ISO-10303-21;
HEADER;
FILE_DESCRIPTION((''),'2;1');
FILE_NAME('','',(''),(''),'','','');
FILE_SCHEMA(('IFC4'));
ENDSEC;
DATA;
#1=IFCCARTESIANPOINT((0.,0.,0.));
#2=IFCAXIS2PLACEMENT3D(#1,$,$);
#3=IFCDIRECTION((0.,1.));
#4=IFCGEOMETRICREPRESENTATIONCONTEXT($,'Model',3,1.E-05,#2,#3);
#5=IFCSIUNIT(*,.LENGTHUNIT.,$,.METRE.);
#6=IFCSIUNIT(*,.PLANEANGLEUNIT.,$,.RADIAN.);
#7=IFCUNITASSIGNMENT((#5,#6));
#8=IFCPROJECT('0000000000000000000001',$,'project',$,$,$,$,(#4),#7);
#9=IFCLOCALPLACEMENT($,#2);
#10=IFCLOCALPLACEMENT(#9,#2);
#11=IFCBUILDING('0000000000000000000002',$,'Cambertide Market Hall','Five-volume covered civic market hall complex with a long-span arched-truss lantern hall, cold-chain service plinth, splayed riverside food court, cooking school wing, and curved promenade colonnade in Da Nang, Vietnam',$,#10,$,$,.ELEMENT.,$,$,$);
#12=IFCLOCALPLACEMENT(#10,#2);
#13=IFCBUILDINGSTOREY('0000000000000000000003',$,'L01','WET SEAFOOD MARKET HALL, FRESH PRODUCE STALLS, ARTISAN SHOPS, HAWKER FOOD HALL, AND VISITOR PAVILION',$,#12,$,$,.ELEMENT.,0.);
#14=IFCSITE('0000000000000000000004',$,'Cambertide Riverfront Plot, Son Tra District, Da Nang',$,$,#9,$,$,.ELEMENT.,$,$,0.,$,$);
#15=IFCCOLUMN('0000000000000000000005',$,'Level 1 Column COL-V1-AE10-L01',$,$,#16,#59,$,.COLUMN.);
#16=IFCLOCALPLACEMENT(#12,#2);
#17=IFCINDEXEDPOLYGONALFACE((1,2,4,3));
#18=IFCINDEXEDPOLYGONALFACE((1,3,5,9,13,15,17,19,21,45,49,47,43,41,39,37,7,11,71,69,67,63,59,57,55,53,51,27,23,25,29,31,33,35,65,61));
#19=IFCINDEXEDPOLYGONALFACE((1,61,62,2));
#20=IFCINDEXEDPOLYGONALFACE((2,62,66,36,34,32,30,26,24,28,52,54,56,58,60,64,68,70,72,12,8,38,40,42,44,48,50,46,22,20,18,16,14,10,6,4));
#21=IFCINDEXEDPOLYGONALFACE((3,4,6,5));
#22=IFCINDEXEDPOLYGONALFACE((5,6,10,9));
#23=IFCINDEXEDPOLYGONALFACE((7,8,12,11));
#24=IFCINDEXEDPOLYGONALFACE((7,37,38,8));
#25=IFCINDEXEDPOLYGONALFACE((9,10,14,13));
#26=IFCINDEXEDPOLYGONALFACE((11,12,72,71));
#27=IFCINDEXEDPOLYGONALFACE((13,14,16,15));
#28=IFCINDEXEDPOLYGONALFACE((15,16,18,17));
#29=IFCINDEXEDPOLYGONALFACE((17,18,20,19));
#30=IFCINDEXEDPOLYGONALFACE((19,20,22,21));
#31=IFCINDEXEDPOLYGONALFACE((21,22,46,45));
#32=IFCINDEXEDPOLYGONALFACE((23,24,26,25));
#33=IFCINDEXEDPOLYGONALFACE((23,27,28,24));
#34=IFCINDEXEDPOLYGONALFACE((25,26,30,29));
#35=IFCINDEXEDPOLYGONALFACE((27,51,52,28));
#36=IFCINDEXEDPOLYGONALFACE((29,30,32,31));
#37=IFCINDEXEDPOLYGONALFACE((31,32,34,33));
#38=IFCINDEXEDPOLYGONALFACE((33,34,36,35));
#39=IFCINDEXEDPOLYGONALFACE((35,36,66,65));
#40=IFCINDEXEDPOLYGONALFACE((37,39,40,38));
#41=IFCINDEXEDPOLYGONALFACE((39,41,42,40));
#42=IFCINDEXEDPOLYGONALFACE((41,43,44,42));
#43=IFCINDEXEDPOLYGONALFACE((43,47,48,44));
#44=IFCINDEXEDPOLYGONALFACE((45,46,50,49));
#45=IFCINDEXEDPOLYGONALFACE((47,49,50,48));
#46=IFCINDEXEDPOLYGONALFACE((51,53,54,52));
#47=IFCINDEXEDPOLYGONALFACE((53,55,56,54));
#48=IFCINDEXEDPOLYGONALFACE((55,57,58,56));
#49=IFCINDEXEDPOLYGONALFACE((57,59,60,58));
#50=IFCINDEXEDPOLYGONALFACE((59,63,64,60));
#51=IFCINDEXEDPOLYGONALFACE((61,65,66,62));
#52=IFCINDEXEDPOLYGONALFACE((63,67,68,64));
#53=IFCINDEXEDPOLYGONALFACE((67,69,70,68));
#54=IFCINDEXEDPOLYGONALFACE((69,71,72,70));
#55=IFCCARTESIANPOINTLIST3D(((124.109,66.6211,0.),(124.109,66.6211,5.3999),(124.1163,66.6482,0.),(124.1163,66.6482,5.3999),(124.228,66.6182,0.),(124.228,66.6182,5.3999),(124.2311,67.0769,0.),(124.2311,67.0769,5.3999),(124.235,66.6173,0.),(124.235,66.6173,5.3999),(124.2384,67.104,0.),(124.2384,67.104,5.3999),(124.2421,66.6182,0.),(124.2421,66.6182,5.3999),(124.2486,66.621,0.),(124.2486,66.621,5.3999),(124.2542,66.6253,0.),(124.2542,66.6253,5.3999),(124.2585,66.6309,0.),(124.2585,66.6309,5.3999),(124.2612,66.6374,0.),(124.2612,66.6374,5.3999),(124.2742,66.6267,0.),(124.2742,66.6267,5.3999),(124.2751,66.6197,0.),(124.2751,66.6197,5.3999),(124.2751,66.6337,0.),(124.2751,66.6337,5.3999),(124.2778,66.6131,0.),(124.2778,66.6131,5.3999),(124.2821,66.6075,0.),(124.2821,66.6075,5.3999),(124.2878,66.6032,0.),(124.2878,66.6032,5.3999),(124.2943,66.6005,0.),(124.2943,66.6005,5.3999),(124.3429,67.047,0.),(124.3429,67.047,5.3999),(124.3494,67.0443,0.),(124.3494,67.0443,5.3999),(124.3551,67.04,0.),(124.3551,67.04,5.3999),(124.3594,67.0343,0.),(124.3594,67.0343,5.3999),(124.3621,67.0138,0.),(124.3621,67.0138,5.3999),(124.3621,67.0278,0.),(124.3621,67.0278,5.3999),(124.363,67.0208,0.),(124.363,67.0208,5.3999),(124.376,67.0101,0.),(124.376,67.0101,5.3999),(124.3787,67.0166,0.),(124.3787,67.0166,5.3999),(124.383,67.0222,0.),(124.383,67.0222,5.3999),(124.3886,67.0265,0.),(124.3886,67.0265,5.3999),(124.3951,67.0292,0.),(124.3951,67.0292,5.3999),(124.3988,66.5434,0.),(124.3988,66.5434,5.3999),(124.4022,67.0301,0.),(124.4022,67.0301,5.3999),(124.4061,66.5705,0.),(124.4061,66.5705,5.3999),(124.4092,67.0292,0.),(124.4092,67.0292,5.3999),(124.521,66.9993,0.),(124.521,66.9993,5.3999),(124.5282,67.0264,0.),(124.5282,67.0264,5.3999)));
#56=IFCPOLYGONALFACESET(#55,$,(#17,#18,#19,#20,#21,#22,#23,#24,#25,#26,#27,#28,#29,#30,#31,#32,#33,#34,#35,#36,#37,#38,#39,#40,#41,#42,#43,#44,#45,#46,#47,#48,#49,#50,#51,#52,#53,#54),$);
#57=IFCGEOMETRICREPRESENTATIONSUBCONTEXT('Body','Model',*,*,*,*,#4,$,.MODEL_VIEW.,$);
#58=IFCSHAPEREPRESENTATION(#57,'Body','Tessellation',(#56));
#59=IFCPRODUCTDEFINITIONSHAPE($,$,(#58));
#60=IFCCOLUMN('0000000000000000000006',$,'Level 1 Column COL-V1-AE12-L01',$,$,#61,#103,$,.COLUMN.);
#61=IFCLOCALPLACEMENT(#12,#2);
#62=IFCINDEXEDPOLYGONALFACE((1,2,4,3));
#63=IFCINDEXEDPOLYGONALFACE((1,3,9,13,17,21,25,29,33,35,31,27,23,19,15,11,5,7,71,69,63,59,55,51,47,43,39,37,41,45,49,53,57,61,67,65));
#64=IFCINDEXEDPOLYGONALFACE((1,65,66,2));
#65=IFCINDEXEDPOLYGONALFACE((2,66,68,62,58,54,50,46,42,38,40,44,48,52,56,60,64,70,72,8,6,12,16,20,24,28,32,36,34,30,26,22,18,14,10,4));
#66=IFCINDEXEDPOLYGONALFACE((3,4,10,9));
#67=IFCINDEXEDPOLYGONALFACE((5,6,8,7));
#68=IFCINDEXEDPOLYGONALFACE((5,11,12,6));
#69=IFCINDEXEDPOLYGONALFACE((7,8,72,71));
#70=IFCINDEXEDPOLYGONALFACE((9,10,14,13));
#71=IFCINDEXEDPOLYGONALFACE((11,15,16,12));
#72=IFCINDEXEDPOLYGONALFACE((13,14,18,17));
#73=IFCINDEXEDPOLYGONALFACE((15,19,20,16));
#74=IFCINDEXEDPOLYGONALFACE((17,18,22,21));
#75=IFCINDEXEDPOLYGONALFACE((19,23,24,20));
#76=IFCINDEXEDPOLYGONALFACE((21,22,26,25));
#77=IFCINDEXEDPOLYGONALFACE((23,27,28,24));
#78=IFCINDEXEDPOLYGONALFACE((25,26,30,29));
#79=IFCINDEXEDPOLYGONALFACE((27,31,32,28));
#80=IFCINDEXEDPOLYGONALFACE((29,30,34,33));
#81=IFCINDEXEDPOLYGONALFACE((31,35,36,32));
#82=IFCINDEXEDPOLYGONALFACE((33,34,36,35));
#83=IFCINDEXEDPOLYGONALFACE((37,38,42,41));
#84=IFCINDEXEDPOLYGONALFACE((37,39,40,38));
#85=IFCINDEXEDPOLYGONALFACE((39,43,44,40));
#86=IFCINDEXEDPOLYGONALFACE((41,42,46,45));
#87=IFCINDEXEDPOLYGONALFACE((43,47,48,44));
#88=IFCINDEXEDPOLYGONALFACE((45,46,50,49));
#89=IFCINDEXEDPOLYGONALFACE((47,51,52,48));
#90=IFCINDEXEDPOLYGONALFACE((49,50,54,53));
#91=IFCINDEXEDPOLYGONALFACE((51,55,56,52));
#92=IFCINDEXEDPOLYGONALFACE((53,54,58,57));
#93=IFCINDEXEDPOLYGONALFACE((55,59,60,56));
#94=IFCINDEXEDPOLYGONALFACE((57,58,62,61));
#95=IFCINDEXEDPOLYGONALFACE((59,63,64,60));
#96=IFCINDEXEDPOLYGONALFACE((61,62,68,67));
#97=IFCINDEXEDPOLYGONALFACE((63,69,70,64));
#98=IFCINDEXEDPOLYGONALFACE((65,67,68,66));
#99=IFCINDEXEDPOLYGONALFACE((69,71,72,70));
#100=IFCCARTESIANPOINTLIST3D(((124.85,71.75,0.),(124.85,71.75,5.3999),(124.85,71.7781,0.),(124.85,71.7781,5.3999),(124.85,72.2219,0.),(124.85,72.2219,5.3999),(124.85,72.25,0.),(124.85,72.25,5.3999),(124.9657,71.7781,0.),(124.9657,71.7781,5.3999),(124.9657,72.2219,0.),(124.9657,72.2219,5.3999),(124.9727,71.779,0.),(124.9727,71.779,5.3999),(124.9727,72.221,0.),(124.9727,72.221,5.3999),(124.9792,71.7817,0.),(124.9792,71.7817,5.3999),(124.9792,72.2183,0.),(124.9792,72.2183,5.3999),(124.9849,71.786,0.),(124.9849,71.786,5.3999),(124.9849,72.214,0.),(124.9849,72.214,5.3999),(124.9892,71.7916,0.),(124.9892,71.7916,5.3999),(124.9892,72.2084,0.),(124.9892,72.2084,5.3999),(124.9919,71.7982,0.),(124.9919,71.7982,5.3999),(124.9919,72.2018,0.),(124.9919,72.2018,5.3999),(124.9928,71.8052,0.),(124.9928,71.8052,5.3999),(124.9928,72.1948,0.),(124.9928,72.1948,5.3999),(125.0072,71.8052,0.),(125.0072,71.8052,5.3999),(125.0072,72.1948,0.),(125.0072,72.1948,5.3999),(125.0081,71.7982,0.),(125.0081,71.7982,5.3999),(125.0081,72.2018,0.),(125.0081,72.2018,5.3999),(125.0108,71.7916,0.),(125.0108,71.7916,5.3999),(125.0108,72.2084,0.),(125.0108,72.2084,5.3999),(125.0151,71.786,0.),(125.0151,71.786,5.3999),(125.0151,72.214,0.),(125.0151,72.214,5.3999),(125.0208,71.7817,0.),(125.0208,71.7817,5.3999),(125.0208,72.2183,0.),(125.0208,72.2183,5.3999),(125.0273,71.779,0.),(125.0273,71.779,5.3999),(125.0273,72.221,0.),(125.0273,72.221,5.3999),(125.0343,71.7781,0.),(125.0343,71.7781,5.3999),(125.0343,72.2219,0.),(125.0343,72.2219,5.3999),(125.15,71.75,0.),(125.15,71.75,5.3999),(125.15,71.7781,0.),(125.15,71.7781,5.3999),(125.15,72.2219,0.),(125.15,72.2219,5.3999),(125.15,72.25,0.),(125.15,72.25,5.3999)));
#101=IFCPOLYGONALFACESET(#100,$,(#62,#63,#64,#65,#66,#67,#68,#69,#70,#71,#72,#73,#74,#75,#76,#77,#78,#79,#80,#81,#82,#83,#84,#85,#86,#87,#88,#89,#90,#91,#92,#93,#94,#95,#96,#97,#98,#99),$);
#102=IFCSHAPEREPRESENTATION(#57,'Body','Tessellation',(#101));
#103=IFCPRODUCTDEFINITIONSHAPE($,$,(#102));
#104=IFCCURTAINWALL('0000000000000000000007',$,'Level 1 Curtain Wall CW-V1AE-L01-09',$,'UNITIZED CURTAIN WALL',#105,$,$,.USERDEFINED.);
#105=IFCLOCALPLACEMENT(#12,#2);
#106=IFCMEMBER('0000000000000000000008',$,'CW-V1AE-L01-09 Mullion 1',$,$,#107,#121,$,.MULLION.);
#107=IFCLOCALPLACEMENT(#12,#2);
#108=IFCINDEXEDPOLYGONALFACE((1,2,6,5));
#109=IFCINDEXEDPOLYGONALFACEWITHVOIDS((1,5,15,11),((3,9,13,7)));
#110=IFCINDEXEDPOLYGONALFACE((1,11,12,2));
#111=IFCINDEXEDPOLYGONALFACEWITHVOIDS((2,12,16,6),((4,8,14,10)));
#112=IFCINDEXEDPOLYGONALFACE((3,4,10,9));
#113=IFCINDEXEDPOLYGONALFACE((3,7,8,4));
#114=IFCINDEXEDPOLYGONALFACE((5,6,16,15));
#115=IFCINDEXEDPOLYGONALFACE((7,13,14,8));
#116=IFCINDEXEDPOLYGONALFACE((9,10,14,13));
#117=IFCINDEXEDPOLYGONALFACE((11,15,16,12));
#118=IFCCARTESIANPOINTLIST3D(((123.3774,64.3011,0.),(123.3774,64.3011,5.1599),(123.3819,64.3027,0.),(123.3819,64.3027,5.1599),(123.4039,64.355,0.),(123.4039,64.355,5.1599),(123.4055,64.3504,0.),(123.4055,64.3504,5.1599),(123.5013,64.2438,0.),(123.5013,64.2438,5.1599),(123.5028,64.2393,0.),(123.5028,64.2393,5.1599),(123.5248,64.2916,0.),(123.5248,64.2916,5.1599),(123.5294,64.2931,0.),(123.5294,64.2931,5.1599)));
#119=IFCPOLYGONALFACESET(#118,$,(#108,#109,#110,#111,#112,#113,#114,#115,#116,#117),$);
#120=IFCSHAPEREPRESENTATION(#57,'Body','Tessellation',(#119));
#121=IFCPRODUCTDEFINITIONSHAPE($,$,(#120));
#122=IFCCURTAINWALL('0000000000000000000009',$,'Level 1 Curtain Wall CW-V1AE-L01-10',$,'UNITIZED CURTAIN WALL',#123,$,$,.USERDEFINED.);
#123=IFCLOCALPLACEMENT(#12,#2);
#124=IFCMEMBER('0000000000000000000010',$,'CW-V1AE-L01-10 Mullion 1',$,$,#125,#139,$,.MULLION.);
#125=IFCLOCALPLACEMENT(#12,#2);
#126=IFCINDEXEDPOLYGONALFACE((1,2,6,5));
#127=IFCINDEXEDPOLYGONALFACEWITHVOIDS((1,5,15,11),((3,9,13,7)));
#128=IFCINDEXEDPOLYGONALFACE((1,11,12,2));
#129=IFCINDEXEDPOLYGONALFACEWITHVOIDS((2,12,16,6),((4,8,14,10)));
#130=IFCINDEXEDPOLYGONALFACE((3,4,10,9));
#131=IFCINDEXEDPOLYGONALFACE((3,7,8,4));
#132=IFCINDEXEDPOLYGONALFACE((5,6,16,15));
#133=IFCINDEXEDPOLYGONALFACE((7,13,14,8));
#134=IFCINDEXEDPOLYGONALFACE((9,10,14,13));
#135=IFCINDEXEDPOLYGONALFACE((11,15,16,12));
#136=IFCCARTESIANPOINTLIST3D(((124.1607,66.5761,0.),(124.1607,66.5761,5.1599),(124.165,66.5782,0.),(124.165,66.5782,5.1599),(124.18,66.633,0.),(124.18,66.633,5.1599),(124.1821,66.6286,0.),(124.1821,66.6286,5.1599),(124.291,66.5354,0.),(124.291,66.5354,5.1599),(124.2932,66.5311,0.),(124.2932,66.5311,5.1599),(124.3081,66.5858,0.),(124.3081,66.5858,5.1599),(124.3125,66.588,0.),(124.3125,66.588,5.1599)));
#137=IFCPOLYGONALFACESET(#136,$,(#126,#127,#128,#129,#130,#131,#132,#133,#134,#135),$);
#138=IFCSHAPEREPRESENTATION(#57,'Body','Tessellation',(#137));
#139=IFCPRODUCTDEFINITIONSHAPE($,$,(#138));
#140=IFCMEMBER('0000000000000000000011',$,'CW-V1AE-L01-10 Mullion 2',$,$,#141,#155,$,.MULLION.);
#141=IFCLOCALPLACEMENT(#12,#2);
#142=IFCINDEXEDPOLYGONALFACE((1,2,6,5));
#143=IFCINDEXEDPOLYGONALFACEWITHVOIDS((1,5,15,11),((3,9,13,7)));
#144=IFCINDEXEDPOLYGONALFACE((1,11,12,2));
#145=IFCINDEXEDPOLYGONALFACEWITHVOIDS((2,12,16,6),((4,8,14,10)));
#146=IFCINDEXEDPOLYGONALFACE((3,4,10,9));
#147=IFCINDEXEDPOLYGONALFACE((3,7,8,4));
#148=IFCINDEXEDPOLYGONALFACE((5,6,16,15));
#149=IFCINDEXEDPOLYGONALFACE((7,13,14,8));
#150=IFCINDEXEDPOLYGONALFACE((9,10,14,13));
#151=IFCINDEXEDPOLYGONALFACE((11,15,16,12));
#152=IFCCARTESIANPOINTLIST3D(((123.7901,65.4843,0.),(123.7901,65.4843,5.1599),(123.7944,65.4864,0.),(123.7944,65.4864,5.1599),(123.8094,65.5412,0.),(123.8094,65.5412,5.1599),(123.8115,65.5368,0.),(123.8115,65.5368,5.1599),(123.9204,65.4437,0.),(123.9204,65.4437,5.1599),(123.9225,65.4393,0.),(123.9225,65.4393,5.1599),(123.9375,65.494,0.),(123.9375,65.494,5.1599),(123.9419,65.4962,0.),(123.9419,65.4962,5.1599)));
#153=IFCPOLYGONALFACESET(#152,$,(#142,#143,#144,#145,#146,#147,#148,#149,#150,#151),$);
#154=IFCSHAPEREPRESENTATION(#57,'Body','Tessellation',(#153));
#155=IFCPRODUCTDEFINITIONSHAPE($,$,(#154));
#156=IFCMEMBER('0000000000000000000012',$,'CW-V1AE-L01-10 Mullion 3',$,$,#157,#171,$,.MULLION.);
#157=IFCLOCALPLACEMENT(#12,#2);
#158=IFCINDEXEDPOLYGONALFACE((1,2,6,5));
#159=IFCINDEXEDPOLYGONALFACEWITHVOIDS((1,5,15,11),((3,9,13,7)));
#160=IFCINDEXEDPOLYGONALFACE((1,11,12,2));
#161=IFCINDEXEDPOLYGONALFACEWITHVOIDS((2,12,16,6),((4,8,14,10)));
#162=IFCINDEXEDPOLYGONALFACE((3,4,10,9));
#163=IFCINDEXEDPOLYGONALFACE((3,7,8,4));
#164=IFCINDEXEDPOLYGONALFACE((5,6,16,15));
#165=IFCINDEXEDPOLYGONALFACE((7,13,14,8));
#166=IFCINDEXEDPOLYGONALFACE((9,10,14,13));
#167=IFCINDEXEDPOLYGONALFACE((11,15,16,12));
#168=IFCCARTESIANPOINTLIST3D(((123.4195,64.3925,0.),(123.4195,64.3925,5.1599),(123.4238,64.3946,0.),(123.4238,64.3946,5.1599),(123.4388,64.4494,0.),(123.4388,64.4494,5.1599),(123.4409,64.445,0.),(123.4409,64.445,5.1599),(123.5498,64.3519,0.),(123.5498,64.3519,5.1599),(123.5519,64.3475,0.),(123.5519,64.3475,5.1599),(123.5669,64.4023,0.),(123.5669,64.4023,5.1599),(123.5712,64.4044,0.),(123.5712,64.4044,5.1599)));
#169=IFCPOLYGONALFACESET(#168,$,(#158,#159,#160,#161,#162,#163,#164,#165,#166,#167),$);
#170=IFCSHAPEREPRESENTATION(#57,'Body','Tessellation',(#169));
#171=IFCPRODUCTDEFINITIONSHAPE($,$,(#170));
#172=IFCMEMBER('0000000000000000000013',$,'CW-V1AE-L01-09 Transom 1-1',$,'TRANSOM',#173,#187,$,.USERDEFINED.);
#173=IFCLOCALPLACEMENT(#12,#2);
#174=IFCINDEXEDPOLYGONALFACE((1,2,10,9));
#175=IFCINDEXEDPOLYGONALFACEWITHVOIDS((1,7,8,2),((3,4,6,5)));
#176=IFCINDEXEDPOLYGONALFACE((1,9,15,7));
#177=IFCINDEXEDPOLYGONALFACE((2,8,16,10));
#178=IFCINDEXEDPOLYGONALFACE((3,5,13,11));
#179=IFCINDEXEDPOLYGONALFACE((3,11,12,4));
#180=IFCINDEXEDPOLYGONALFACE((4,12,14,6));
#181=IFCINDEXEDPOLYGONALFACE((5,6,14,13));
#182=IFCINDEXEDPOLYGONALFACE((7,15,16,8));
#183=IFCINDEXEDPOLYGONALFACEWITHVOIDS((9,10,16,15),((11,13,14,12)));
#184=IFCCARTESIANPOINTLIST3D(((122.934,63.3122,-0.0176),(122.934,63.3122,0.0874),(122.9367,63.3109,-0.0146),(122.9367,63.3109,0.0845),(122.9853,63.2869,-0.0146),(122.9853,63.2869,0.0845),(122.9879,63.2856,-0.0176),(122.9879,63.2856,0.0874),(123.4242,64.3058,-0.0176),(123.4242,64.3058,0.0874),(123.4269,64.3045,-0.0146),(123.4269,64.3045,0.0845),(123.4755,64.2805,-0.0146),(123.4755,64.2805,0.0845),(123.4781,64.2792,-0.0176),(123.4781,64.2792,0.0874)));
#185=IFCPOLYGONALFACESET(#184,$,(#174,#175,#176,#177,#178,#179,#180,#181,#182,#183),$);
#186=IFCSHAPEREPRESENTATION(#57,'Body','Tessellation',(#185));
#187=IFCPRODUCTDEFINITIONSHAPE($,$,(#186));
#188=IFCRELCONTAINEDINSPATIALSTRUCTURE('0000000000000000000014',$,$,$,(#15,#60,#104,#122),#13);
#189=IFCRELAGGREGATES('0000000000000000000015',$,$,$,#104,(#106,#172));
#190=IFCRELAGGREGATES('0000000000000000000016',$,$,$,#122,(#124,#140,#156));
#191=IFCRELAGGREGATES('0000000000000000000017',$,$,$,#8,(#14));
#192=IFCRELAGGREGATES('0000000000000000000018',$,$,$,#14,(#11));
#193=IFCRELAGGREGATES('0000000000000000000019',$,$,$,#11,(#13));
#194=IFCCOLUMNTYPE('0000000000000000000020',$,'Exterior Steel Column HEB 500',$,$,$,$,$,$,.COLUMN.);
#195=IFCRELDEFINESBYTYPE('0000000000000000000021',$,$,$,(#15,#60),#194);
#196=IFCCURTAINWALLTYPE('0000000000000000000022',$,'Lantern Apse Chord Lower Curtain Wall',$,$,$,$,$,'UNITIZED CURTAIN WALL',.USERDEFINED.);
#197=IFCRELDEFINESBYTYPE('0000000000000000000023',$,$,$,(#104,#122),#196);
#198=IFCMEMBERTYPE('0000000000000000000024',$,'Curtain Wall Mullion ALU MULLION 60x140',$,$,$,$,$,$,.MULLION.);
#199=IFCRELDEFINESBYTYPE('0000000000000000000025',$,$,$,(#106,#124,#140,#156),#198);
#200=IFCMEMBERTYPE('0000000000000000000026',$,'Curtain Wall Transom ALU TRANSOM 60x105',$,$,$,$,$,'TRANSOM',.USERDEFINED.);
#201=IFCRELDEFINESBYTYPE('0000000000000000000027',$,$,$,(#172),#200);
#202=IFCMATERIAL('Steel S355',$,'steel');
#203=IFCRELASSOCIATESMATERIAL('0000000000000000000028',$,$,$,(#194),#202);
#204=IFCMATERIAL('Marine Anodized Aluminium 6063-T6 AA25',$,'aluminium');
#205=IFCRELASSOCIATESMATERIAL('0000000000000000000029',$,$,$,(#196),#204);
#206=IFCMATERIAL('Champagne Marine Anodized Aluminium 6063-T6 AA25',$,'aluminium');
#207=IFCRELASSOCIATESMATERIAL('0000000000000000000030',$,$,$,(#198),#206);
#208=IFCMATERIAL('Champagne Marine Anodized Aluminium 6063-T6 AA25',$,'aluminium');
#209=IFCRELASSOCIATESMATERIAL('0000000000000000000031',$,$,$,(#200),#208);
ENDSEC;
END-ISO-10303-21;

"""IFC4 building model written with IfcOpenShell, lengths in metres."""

from ifc_helpers import new_model, si_unit, direction, frame, origin, origin_2d, place, context, subcontext, project, spatial, hollow_rectangle, i_section, extrude, material, material_profile, profile_set, type_object, element, aggregate, save


model = new_model("IFC4")

# Units and contexts
model_context = context("Model", 3, precision=1e-05, world=origin(), true_north=direction((0.0, 1.0)))
body_context = subcontext(model_context, "Body", "Model", "MODEL_VIEW")
ifc_project = project(units=[si_unit("LENGTHUNIT", "METRE"), si_unit("PLANEANGLEUNIT", "RADIAN")], contexts=[model_context])

# Site, building, storey
site_placement = place(None, origin())
site = spatial("IfcSite", under=ifc_project, at=site_placement, Name="Cambertide Riverfront Plot, Son Tra District, Da Nang", CompositionType="ELEMENT", RefElevation=0.0)
building_placement = place(site_placement, origin())
building = spatial("IfcBuilding", under=site, at=building_placement, Name="Cambertide Market Hall", Description="Five-volume covered civic market hall complex with a long-span arched-truss lantern hall, cold-chain service plinth, splayed riverside food court, cooking school wing, and curved promenade colonnade in Da Nang, Vietnam", CompositionType="ELEMENT")
storey_placement = place(building_placement, origin())
storey = spatial("IfcBuildingStorey", under=building, at=storey_placement, Name="L01", Description="WET SEAFOOD MARKET HALL, FRESH PRODUCE STALLS, ARTISAN SHOPS, HAWKER FOOD HALL, AND VISITOR PAVILION", CompositionType="ELEMENT", Elevation=0.0)

# Columns
ifc_material_1 = material(Name="Steel S355", Category="steel")
ifc_material_profile_1 = material_profile(ifc_material_1, i_section(OverallWidth=0.3, OverallDepth=0.5, WebThickness=0.0144, FlangeThickness=0.0281, FilletRadius=0.0271, at=origin_2d()), Name="HEB 500")
ifc_profile_set_1 = profile_set([ifc_material_profile_1], Name="Steel S355")
column_type = type_object("IfcColumnType", Name="Exterior Steel Column HEB 500", PredefinedType="COLUMN", material=ifc_profile_set_1)
for number, where, z_axis, x_axis, name in (
    (1, (124.3186, 66.8237, 0.0), (0.0, 0.0, 1.0), (0.965926, -0.258819, 0.0), "Level 1 Column COL-V1-AE10-L01"),
    (2, (125.0, 72.0, 0.0), (0.0, 0.0, 1.0), (1.0, 0.0, 0.0), "Level 1 Column COL-V1-AE12-L01"),
):
    element("IfcColumn", number, at=place(storey_placement, frame(where, z_axis=z_axis, x_axis=x_axis)), inside=storey, type_object=column_type, Name=name, PredefinedType="COLUMN", context=body_context, shape_type="SweptSolid", body=[
        extrude(i_section(OverallWidth=0.3, OverallDepth=0.5, WebThickness=0.0144, FlangeThickness=0.0281, FilletRadius=0.0271, at=origin_2d()), origin(), (0.0, 0.0, 1.0), 5.3999),
    ])

# Curtain wall, member
ifc_material_2 = material(Name="Marine Anodized Aluminium 6063-T6 AA25", Category="aluminium")
curtain_wall_type = type_object("IfcCurtainWallType", Name="Lantern Apse Chord Lower Curtain Wall", ElementType="UNITIZED CURTAIN WALL", PredefinedType="USERDEFINED", material=ifc_material_2)
curtain_wall_1_placement = place(storey_placement, origin())
curtain_wall_1 = element("IfcCurtainWall", 3, at=curtain_wall_1_placement, inside=storey, type_object=curtain_wall_type, Name="Level 1 Curtain Wall CW-V1AE-L01-09", ObjectType="UNITIZED CURTAIN WALL", PredefinedType="USERDEFINED")
ifc_material_3 = material(Name="Champagne Marine Anodized Aluminium 6063-T6 AA25", Category="aluminium")
ifc_material_profile_2 = material_profile(ifc_material_3, hollow_rectangle(XDim=0.0601, YDim=0.1399, WallThickness=0.0034, at=origin_2d()), Name="ALU MULLION 60x140")
ifc_profile_set_2 = profile_set([ifc_material_profile_2], Name="Champagne Marine Anodized Aluminium 6063-T6 AA25")
member_type_1 = type_object("IfcMemberType", Name="Curtain Wall Mullion ALU MULLION 60x140", PredefinedType="MULLION", material=ifc_profile_set_2)
member_1_placement = place(storey_placement, frame((123.4534, 64.2971, 0.0), z_axis=(0.0, 0.0, 1.0), x_axis=(-0.442289, -0.896873, 0.0)))
member_1 = element("IfcMember", 4, at=member_1_placement, type_object=member_type_1, Name="CW-V1AE-L01-09 Mullion 1", PredefinedType="MULLION", context=body_context, shape_type="SweptSolid", body=[
    extrude(hollow_rectangle(XDim=0.0601, YDim=0.1399, WallThickness=0.0034, at=origin_2d()), origin(), (0.0, 0.0, 1.0), 5.1599),
])

# Curtain wall, members
curtain_wall_2_placement = place(storey_placement, origin())
curtain_wall_2 = element("IfcCurtainWall", 5, at=curtain_wall_2_placement, inside=storey, type_object=curtain_wall_type, Name="Level 1 Curtain Wall CW-V1AE-L01-10", ObjectType="UNITIZED CURTAIN WALL", PredefinedType="USERDEFINED")
member_2_placement = place(storey_placement, frame((124.2366, 66.582, 0.0), z_axis=(0.0, 0.0, 1.0), x_axis=(-0.321439, -0.94693, 0.0)))
member_2 = element("IfcMember", 6, at=member_2_placement, type_object=member_type_1, Name="CW-V1AE-L01-10 Mullion 1", PredefinedType="MULLION", context=body_context, shape_type="SweptSolid", body=[
    extrude(hollow_rectangle(XDim=0.0601, YDim=0.1399, WallThickness=0.0034, at=origin_2d()), origin(), (0.0, 0.0, 1.0), 5.1599),
])
member_3_placement = place(storey_placement, frame((123.866, 65.4902, 0.0), z_axis=(0.0, 0.0, 1.0), x_axis=(-0.321439, -0.94693, 0.0)))
member_3 = element("IfcMember", 7, at=member_3_placement, type_object=member_type_1, Name="CW-V1AE-L01-10 Mullion 2", PredefinedType="MULLION", context=body_context, shape_type="SweptSolid", body=[
    extrude(hollow_rectangle(XDim=0.0601, YDim=0.1399, WallThickness=0.0034, at=origin_2d()), origin(), (0.0, 0.0, 1.0), 5.1599),
])
member_4_placement = place(storey_placement, frame((123.4954, 64.3984, 0.0), z_axis=(0.0, 0.0, 1.0), x_axis=(-0.321439, -0.94693, 0.0)))
member_4 = element("IfcMember", 8, at=member_4_placement, type_object=member_type_1, Name="CW-V1AE-L01-10 Mullion 3", PredefinedType="MULLION", context=body_context, shape_type="SweptSolid", body=[
    extrude(hollow_rectangle(XDim=0.0601, YDim=0.1399, WallThickness=0.0034, at=origin_2d()), origin(), (0.0, 0.0, 1.0), 5.1599),
])

# Member
ifc_material_4 = material(Name="Champagne Marine Anodized Aluminium 6063-T6 AA25", Category="aluminium")
ifc_material_profile_3 = material_profile(ifc_material_4, hollow_rectangle(XDim=0.0601, YDim=0.105, WallThickness=0.0029, at=origin_2d()), Name="ALU TRANSOM 60x105")
ifc_profile_set_3 = profile_set([ifc_material_profile_3], Name="Champagne Marine Anodized Aluminium 6063-T6 AA25")
member_type_2 = type_object("IfcMemberType", Name="Curtain Wall Transom ALU TRANSOM 60x105", ElementType="TRANSOM", PredefinedType="USERDEFINED", material=ifc_profile_set_3)
member_5_placement = place(storey_placement, frame((123.4512, 64.2925, 0.0349), z_axis=(-0.442448, -0.896794, 0.0), x_axis=(0.896794, -0.442448, 0.0)))
member_5 = element("IfcMember", 9, at=member_5_placement, type_object=member_type_2, Name="CW-V1AE-L01-09 Transom 1-1", ObjectType="TRANSOM", PredefinedType="USERDEFINED", context=body_context, shape_type="SweptSolid", body=[
    extrude(hollow_rectangle(XDim=0.0601, YDim=0.105, WallThickness=0.0029, at=origin_2d()), origin(), (0.0, 0.0, 1.0), 1.1079),
])
aggregate(curtain_wall_1, [member_1, member_5])

aggregate(curtain_wall_2, [member_2, member_3, member_4])

save(model, "model.ifc")
